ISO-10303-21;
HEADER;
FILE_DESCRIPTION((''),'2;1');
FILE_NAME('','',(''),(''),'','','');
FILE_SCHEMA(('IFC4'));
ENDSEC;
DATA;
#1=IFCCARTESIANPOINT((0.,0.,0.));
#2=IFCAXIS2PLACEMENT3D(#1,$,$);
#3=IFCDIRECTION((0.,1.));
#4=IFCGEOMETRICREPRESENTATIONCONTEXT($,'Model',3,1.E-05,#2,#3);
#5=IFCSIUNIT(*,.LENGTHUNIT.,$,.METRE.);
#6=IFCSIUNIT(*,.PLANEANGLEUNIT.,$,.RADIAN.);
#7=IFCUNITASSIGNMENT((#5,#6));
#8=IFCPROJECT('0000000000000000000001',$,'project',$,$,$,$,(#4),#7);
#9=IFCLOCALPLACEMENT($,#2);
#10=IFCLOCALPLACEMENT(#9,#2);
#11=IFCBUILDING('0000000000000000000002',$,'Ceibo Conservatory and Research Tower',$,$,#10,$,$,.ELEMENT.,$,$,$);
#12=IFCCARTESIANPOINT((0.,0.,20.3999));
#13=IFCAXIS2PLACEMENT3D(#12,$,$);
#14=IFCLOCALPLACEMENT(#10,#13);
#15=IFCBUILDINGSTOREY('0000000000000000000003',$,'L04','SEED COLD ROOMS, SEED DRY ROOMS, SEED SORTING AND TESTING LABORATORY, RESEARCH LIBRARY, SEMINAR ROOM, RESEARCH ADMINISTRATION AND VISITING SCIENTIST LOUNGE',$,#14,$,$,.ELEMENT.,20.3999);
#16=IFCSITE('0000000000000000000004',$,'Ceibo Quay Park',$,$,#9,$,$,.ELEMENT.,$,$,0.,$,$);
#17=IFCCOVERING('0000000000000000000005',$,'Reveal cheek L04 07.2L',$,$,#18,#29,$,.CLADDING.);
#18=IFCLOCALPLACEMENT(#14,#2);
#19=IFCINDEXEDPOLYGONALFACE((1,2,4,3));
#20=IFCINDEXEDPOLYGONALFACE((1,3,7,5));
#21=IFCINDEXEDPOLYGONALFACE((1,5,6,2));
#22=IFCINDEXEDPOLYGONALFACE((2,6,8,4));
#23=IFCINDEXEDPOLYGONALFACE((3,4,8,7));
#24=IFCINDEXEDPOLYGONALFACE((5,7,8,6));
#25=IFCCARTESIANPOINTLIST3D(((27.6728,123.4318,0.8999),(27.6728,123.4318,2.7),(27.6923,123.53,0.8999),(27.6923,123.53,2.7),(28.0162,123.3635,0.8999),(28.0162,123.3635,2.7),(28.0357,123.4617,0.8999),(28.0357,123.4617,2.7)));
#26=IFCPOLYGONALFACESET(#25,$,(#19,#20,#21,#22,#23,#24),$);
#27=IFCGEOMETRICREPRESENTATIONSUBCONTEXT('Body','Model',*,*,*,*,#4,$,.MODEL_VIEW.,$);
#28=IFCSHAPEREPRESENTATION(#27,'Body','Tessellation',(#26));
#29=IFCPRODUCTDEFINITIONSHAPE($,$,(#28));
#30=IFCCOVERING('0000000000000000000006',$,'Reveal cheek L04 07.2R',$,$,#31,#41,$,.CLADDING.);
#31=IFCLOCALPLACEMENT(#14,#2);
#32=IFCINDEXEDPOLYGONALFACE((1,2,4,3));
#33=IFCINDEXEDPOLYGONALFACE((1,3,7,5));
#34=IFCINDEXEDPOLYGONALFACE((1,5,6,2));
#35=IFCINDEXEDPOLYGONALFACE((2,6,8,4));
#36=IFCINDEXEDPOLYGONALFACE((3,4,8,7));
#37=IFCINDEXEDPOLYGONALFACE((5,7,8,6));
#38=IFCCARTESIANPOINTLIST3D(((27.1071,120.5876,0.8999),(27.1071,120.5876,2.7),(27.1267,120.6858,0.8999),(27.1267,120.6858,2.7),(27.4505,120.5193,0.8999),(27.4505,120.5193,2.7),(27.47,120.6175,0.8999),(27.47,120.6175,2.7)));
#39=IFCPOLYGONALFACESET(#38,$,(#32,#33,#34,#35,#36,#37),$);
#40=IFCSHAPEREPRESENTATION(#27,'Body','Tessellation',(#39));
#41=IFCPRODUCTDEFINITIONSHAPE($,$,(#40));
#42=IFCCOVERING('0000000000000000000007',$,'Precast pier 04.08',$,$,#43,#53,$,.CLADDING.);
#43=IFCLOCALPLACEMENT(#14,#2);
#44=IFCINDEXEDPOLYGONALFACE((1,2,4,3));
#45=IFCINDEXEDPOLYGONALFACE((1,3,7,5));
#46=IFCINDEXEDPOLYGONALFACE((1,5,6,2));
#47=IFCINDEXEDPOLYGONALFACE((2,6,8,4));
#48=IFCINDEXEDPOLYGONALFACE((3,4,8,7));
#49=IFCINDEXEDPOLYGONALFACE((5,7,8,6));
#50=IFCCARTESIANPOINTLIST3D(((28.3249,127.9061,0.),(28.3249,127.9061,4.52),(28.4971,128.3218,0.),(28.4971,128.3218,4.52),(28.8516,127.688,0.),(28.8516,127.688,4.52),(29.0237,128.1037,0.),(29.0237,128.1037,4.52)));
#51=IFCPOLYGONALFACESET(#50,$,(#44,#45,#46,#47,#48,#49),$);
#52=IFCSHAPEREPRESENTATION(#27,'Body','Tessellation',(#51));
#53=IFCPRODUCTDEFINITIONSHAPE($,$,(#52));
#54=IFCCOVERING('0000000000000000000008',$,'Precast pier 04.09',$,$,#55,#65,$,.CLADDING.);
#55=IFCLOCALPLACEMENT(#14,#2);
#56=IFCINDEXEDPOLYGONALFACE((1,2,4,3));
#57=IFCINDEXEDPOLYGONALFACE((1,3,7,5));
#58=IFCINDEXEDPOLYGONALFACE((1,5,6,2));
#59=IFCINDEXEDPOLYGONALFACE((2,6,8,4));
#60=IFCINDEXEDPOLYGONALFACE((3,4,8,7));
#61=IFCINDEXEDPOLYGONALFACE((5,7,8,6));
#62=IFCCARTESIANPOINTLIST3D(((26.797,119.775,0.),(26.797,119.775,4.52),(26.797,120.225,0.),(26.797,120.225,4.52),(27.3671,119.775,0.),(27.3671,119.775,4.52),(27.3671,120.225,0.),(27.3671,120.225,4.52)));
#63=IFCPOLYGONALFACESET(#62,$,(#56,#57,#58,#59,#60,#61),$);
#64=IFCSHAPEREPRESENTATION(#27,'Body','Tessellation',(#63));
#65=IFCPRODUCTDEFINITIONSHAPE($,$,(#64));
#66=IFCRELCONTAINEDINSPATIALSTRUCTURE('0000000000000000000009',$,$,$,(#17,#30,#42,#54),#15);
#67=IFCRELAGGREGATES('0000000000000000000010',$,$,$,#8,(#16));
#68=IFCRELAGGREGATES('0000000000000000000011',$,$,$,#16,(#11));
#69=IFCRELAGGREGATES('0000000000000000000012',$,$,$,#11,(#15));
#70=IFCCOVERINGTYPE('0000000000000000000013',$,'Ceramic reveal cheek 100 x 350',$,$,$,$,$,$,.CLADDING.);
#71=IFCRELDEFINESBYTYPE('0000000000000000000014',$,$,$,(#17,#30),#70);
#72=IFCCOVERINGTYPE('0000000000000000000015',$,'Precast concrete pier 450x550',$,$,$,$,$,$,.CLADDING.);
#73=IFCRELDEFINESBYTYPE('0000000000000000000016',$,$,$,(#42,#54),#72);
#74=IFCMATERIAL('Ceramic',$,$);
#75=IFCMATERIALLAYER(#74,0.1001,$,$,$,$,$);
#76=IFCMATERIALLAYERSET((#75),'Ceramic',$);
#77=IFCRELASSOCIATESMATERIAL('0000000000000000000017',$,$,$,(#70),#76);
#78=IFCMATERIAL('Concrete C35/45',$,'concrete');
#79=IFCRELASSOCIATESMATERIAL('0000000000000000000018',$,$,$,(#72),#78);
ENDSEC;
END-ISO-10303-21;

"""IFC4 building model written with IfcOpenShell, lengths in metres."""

from ifc_helpers import new_model, si_unit, direction, frame, origin, origin_2d, place, context, subcontext, project, spatial, rectangle, extrude, material, layer, layer_set, type_object, element, save


model = new_model("IFC4")

# Units and contexts
model_context = context("Model", 3, precision=1e-05, world=origin(), true_north=direction((0.0, 1.0)))
body_context = subcontext(model_context, "Body", "Model", "MODEL_VIEW")
ifc_project = project(units=[si_unit("LENGTHUNIT", "METRE"), si_unit("PLANEANGLEUNIT", "RADIAN")], contexts=[model_context])

# Site, building, storey
site_placement = place(None, origin())
site = spatial("IfcSite", under=ifc_project, at=site_placement, Name="Ceibo Quay Park", CompositionType="ELEMENT", RefElevation=0.0)
building_placement = place(site_placement, origin())
building = spatial("IfcBuilding", under=site, at=building_placement, Name="Ceibo Conservatory and Research Tower", CompositionType="ELEMENT")
storey_placement = place(building_placement, frame((0.0, 0.0, 20.3999)))
storey = spatial("IfcBuildingStorey", under=building, at=storey_placement, Name="L04", Description="SEED COLD ROOMS, SEED DRY ROOMS, SEED SORTING AND TESTING LABORATORY, RESEARCH LIBRARY, SEMINAR ROOM, RESEARCH ADMINISTRATION AND VISITING SCIENTIST LOUNGE", CompositionType="ELEMENT", Elevation=20.3999)

# Shared definitions
ifc_material_1 = material(Name="Concrete C35/45", Category="concrete")

# Coverings
ifc_material_2 = material(Name="Ceramic")
ifc_layer_1 = layer(ifc_material_2, 0.1001)
ifc_layer_set_1 = layer_set([ifc_layer_1], Name="Ceramic")
covering_type_1 = type_object("IfcCoveringType", Name="Ceramic reveal cheek 100 x 350", PredefinedType="CLADDING", material=ifc_layer_set_1)
for number, where, z_axis, x_axis, name in (
    (1, (27.8542, 123.4468, 0.8999), (0.0, 0.0, 1.0), (-0.19509, -0.980785, 0.0), "Reveal cheek L04 07.2L"),
    (2, (27.2886, 120.6025, 0.8999), (0.0, 0.0, 1.0), (-0.19509, -0.980785, 0.0), "Reveal cheek L04 07.2R"),
):
    element("IfcCovering", number, at=place(storey_placement, frame(where, z_axis=z_axis, x_axis=x_axis)), inside=storey, type_object=covering_type_1, Name=name, PredefinedType="CLADDING", context=body_context, shape_type="SweptSolid", body=[
        extrude(rectangle(XDim=0.1001, YDim=0.3501, at=origin_2d()), origin(), (0.0, 0.0, 1.0), 1.8),
    ])
covering_type_2 = type_object("IfcCoveringType", Name="Precast concrete pier 450x550", PredefinedType="CLADDING", material=ifc_material_1)
for number, where, z_axis, x_axis, name in (
    (3, (28.6743, 128.0049, 0.0), (0.0, 0.0, 1.0), (-0.92388, 0.382683, 0.0), "Precast pier 04.08"),
    (4, (27.082, 120.0, 0.0), (0.0, 0.0, 1.0), (-1.0, 0.0, 0.0), "Precast pier 04.09"),
):
    element("IfcCovering", number, at=place(storey_placement, frame(where, z_axis=z_axis, x_axis=x_axis)), inside=storey, type_object=covering_type_2, Name=name, PredefinedType="CLADDING", context=body_context, shape_type="SweptSolid", body=[
        extrude(rectangle(XDim=0.5701, YDim=0.45, at=origin_2d()), origin(), (0.0, 0.0, 1.0), 4.52),
    ])

save(model, "model.ifc")
